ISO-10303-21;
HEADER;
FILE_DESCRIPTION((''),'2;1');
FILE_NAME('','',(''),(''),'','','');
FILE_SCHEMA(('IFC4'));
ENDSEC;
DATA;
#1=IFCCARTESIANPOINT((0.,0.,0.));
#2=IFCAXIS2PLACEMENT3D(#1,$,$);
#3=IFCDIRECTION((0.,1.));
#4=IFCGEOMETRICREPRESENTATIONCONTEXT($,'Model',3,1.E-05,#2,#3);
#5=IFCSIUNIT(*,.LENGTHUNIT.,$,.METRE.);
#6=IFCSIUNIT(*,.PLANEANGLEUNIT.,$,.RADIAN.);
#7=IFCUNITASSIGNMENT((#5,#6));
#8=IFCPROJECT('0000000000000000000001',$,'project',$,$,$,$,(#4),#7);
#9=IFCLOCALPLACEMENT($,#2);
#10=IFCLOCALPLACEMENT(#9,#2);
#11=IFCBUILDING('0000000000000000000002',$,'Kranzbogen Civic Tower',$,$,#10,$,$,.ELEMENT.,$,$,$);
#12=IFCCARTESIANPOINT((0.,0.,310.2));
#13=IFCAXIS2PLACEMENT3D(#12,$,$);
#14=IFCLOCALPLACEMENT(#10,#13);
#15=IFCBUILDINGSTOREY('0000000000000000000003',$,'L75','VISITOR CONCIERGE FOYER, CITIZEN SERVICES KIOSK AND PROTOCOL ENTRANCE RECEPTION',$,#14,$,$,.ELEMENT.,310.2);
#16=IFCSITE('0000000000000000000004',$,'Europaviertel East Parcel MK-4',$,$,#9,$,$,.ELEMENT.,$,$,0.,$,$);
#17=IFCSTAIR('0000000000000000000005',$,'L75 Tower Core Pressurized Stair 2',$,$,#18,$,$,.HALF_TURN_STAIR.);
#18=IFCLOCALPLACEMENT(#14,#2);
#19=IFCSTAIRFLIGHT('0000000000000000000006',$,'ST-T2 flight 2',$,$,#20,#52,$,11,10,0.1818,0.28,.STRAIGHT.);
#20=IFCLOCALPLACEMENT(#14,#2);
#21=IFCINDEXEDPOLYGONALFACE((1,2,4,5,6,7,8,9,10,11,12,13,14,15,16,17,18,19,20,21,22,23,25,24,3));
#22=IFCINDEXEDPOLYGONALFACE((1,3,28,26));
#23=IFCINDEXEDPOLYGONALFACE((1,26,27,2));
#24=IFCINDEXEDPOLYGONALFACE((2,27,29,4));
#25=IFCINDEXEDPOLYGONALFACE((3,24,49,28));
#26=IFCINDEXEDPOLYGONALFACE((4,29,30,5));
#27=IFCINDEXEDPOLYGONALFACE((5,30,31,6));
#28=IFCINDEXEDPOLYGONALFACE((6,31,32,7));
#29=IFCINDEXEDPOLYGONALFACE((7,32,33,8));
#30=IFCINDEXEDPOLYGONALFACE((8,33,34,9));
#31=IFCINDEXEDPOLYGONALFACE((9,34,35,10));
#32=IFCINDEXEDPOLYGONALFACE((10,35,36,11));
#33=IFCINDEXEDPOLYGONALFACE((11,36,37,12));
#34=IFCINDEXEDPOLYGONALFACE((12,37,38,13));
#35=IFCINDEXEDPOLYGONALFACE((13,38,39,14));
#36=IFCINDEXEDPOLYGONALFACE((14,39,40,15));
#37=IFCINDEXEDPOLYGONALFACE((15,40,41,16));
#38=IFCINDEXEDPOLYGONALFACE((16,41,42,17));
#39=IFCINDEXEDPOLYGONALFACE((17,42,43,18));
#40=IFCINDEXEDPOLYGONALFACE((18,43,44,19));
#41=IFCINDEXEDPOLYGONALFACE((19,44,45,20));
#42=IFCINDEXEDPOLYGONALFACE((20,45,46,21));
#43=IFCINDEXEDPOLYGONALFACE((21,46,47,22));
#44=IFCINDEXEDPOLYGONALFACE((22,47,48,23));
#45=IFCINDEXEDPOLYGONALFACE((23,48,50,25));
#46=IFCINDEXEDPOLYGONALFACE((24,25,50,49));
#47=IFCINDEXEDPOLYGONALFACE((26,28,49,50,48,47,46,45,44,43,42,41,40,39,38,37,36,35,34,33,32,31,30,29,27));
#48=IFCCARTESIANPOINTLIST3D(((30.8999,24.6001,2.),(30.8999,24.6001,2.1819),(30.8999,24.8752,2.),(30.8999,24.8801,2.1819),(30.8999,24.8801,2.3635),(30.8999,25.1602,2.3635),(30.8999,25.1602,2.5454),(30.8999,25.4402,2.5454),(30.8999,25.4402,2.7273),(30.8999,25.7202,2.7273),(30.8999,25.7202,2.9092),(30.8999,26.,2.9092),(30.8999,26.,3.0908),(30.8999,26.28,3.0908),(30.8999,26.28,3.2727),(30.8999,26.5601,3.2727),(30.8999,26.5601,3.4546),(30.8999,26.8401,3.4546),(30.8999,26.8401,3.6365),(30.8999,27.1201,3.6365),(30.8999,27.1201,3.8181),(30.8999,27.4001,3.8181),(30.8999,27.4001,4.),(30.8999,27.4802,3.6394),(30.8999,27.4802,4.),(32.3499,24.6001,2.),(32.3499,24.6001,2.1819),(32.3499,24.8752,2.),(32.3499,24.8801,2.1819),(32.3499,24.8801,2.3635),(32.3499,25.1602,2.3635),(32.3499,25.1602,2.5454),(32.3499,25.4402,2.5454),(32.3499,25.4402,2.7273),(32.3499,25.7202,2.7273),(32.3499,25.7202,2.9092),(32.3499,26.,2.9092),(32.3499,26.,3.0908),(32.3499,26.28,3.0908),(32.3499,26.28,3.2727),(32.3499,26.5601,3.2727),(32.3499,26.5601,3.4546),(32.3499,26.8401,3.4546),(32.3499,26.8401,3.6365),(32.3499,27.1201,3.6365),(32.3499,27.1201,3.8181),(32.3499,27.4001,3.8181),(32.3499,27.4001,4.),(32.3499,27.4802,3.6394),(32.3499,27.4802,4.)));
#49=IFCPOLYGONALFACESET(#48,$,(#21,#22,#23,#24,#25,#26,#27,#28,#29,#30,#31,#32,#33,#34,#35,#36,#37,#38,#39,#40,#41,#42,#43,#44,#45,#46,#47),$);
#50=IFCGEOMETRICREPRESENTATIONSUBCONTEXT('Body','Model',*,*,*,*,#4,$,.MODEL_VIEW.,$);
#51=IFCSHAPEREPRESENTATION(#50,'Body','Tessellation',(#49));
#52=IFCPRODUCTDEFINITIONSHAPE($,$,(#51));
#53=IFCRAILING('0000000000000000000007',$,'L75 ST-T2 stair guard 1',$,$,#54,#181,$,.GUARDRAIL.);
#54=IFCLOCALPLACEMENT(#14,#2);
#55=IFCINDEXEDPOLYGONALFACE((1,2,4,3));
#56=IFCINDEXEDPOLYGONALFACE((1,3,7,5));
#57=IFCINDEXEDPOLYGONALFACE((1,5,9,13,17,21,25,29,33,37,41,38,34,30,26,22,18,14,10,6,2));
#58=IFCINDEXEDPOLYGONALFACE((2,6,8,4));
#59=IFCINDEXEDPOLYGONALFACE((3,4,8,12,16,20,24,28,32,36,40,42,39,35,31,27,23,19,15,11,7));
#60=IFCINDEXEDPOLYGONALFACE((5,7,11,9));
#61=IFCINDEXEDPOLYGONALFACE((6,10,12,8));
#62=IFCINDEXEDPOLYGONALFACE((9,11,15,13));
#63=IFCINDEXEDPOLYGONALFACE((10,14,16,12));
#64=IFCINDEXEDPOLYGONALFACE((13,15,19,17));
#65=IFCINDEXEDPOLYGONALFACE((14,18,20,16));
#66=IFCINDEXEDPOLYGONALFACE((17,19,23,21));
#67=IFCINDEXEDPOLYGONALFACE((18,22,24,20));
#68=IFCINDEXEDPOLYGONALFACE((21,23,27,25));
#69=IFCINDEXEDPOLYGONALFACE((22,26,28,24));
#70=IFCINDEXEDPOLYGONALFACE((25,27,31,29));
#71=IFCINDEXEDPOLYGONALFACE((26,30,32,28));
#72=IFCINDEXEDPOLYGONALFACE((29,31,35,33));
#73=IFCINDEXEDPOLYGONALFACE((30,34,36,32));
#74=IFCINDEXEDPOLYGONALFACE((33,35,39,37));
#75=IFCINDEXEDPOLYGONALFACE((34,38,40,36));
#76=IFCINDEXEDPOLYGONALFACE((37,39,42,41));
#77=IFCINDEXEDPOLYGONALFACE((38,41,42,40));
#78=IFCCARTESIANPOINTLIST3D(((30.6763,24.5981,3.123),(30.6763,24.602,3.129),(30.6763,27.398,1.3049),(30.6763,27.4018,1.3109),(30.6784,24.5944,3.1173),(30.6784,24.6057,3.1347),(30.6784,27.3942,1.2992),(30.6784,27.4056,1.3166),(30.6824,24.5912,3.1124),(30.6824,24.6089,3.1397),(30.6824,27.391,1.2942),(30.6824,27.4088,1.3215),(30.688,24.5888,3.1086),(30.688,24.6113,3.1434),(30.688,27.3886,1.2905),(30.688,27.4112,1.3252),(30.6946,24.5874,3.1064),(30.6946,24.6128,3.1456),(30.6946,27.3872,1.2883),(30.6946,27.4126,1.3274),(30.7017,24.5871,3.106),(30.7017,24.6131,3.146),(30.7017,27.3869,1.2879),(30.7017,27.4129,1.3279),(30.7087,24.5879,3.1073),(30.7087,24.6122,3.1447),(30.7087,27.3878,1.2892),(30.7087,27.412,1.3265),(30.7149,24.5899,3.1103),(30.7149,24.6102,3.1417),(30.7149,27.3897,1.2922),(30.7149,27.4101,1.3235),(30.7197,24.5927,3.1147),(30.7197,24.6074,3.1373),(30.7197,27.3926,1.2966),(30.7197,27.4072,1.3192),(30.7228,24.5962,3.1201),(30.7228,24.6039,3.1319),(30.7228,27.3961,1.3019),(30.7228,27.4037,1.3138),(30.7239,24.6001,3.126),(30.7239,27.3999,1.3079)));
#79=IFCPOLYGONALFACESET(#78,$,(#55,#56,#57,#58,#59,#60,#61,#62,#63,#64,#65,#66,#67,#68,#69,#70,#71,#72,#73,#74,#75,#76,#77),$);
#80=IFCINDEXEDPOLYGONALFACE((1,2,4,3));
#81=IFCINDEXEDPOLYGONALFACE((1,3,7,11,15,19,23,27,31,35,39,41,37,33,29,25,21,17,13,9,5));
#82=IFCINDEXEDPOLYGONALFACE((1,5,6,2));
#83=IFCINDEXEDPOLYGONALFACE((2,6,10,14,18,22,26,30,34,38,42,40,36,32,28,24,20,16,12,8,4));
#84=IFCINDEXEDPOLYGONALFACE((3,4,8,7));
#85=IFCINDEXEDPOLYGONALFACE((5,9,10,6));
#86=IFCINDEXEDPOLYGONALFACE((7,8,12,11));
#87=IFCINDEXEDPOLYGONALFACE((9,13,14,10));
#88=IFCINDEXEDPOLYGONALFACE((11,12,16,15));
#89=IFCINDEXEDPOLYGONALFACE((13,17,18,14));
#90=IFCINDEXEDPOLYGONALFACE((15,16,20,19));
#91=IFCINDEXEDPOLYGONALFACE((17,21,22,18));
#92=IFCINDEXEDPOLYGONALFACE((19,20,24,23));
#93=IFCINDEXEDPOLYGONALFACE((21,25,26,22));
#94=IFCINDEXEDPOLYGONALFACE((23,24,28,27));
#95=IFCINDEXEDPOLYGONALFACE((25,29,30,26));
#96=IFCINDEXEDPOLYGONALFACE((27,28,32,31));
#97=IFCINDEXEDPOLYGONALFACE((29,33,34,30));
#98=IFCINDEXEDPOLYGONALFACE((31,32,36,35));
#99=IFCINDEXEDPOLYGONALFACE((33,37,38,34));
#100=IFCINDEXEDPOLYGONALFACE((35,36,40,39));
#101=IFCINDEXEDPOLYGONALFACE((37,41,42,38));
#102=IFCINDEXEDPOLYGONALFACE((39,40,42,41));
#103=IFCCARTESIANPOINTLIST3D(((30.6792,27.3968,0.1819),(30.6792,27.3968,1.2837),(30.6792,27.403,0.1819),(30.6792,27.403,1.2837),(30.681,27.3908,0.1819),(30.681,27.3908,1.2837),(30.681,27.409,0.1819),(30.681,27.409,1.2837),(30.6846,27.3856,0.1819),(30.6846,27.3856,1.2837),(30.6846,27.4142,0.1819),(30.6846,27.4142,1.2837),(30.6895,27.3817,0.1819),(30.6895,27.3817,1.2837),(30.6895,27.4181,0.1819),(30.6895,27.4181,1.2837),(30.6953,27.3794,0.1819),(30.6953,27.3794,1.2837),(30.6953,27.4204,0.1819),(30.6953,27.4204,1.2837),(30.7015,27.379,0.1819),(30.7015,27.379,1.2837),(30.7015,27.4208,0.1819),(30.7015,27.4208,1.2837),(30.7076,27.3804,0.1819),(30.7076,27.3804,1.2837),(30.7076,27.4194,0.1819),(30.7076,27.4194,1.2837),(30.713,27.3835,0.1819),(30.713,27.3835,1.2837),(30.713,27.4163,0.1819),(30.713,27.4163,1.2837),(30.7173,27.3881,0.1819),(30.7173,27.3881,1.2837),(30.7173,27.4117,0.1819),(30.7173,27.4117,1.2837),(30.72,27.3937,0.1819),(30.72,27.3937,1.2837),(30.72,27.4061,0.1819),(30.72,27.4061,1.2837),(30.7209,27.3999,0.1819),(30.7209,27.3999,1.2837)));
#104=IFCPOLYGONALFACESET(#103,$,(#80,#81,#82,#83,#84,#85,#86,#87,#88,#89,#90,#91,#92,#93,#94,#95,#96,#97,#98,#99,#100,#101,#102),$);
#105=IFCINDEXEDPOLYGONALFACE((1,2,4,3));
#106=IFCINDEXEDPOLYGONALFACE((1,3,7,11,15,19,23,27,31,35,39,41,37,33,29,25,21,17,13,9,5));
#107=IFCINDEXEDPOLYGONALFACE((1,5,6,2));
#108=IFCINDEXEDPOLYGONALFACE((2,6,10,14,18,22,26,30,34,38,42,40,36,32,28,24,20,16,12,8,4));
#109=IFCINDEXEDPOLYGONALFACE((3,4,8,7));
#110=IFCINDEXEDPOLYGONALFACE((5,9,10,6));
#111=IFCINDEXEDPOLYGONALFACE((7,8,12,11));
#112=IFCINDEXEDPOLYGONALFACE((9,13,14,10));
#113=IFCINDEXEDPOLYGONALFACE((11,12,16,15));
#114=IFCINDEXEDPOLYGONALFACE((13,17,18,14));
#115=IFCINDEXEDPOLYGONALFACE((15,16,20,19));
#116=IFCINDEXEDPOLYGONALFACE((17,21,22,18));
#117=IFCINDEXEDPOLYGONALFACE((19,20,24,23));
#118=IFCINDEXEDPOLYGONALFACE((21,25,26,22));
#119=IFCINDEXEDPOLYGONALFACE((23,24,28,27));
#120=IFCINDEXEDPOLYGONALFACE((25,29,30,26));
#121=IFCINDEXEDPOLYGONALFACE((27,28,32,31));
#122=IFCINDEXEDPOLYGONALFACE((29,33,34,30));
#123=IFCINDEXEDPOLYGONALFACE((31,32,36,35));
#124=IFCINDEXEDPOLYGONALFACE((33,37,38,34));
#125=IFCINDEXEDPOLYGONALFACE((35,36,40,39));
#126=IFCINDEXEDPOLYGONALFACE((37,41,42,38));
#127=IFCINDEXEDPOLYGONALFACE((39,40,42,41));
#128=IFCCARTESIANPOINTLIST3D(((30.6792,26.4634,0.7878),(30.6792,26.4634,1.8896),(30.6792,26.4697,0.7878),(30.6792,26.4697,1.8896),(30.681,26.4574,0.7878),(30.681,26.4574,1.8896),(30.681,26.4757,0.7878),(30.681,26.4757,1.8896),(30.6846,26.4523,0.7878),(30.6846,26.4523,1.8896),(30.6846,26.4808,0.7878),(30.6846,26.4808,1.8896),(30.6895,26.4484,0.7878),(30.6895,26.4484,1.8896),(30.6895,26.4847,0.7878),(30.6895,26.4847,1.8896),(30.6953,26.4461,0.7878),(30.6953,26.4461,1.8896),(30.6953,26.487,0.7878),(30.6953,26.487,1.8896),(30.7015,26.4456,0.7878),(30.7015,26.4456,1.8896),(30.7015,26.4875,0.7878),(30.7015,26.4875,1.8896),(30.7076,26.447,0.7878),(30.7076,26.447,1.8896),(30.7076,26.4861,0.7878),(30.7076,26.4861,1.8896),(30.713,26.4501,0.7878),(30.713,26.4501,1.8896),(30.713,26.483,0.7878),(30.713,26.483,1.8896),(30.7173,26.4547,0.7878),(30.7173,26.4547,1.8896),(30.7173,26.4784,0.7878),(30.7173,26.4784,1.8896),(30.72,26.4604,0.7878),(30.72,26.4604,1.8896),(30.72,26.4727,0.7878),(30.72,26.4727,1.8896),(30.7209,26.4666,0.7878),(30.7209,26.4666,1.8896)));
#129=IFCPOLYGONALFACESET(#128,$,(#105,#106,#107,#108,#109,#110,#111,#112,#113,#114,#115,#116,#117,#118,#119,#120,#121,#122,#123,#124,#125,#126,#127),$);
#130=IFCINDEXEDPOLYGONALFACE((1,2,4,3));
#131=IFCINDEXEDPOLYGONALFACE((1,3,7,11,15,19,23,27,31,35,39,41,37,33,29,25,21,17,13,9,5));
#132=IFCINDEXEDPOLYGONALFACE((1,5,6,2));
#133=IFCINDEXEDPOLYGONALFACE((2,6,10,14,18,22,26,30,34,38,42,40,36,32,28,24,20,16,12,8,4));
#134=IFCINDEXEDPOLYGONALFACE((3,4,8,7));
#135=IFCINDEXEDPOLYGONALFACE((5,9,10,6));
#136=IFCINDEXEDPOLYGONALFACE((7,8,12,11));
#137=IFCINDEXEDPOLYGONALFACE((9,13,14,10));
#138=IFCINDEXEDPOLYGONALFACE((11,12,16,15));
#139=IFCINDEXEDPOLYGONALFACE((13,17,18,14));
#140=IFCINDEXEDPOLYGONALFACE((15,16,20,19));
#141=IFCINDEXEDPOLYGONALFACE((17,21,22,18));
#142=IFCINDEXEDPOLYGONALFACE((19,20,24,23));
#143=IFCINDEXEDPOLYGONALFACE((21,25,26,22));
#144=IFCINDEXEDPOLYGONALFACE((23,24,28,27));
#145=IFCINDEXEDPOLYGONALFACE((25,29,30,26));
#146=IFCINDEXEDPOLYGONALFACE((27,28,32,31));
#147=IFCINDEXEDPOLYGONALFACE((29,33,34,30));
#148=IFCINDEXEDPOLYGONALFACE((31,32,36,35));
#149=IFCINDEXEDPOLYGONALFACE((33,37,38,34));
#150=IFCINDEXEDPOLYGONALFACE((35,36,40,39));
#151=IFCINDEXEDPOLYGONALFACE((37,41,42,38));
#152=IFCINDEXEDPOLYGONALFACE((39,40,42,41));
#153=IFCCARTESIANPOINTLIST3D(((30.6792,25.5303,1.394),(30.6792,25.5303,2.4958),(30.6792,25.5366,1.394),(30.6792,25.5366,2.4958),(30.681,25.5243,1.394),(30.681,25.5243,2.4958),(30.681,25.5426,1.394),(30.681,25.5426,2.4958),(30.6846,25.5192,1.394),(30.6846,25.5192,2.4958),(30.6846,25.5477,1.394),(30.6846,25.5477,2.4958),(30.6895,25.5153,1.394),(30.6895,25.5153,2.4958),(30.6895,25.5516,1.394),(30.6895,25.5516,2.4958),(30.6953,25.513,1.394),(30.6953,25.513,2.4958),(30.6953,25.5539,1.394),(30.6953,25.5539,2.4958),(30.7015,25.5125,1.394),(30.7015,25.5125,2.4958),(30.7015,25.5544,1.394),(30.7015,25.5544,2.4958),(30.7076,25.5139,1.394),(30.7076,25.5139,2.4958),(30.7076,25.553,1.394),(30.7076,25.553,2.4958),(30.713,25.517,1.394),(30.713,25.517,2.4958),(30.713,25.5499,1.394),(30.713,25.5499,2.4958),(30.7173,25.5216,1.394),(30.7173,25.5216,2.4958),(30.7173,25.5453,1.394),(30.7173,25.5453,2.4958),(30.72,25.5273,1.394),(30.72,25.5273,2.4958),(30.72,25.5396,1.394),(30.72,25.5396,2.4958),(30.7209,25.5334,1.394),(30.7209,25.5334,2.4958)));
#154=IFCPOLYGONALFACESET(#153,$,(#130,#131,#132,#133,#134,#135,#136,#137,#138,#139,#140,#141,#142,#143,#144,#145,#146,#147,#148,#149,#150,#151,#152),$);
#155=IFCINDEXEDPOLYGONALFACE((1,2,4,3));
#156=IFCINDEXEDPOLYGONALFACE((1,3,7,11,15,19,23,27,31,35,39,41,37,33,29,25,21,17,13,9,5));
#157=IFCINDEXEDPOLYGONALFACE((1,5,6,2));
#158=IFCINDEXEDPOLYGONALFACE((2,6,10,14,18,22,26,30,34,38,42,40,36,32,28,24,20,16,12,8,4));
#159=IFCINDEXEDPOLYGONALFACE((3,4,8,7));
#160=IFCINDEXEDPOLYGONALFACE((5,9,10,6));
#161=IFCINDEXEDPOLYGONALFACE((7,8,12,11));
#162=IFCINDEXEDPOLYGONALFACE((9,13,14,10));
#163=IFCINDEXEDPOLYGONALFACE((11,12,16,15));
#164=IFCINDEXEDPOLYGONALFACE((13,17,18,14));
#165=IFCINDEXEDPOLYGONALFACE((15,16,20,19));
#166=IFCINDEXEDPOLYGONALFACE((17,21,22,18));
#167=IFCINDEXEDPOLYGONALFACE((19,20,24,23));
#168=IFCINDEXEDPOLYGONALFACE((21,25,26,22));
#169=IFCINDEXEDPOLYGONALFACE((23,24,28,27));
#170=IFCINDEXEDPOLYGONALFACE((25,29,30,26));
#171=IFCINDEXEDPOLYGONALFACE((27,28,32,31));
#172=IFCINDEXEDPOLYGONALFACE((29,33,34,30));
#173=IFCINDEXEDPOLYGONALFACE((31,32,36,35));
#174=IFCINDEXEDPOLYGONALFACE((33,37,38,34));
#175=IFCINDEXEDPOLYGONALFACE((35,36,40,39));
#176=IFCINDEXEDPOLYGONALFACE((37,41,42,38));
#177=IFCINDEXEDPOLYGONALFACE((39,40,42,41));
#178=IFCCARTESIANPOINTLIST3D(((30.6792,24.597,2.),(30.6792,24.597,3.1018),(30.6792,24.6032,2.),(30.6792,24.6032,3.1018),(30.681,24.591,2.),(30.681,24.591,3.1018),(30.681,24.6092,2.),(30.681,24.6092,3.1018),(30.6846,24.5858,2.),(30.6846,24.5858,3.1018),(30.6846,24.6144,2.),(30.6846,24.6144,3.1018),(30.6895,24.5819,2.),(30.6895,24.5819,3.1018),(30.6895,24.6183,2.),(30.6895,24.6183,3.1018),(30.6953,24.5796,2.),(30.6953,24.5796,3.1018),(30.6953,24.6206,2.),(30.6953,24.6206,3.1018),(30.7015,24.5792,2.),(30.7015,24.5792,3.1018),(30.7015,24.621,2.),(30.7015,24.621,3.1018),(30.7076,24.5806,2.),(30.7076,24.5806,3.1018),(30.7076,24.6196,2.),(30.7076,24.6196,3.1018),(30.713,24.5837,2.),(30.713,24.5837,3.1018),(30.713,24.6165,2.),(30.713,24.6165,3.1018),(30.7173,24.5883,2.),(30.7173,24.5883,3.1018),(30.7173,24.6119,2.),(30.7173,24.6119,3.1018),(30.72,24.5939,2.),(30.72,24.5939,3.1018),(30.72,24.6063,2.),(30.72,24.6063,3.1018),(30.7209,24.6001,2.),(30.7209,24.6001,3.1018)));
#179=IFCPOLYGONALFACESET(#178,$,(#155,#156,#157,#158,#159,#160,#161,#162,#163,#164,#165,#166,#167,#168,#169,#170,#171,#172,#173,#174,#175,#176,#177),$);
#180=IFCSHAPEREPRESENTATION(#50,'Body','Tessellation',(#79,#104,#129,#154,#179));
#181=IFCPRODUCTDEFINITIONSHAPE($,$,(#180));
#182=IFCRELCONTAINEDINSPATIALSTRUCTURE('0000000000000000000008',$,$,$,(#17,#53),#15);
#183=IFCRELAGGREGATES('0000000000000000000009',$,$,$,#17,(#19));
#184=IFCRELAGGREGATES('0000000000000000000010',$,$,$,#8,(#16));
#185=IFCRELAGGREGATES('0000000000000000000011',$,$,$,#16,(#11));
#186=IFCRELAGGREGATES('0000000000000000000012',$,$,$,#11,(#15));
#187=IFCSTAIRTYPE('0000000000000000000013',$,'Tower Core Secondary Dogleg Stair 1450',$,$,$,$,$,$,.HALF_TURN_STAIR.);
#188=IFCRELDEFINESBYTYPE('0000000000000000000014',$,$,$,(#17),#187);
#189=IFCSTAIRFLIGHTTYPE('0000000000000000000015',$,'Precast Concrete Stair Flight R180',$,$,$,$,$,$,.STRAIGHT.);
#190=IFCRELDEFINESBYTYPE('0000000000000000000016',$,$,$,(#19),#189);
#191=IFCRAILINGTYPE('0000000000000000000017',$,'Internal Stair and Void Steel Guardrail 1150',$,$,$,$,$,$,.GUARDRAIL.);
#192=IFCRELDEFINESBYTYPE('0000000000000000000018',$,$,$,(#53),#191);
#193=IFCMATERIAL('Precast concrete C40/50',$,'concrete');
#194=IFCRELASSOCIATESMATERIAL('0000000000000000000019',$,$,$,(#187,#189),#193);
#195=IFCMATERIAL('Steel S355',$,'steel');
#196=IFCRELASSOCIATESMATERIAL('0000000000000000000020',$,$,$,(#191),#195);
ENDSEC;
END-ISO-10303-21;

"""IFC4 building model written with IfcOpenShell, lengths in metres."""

from ifc_helpers import new_model, si_unit, direction, frame, origin, origin_2d, place, context, subcontext, project, spatial, polyline, circle, outline, extrude, material, type_object, element, aggregate, save


model = new_model("IFC4")

# Units and contexts
model_context = context("Model", 3, precision=1e-05, world=origin(), true_north=direction((0.0, 1.0)))
body_context = subcontext(model_context, "Body", "Model", "MODEL_VIEW")
ifc_project = project(units=[si_unit("LENGTHUNIT", "METRE"), si_unit("PLANEANGLEUNIT", "RADIAN")], contexts=[model_context])

# Site, building, storey
site_placement = place(None, origin())
site = spatial("IfcSite", under=ifc_project, at=site_placement, Name="Europaviertel East Parcel MK-4", CompositionType="ELEMENT", RefElevation=0.0)
building_placement = place(site_placement, origin())
building = spatial("IfcBuilding", under=site, at=building_placement, Name="Kranzbogen Civic Tower", CompositionType="ELEMENT")
storey_placement = place(building_placement, frame((0.0, 0.0, 310.2)))
storey = spatial("IfcBuildingStorey", under=building, at=storey_placement, Name="L75", Description="VISITOR CONCIERGE FOYER, CITIZEN SERVICES KIOSK AND PROTOCOL ENTRANCE RECEPTION", CompositionType="ELEMENT", Elevation=310.2)

# Shared definitions
ifc_material_1 = material(Name="Steel S355", Category="steel")

# Stair, stair flight
ifc_material_2 = material(Name="Precast concrete C40/50", Category="concrete")
stair_type = type_object("IfcStairType", Name="Tower Core Secondary Dogleg Stair 1450", PredefinedType="HALF_TURN_STAIR", material=ifc_material_2)
stair_placement = place(storey_placement, origin())
stair = element("IfcStair", 1, at=stair_placement, inside=storey, type_object=stair_type, Name="L75 Tower Core Pressurized Stair 2", PredefinedType="HALF_TURN_STAIR")
stair_flight_type = type_object("IfcStairFlightType", Name="Precast Concrete Stair Flight R180", PredefinedType="STRAIGHT", material=ifc_material_2)
stair_flight_1_placement = place(storey_placement, frame((31.625, 24.6001, 2.0), z_axis=(0.0, 0.0, 1.0), x_axis=(0.0, 1.0, 0.0)))
stair_flight_1 = element("IfcStairFlight", 2, at=stair_flight_1_placement, type_object=stair_flight_type, Name="ST-T2 flight 2", NumberOfRisers=11, NumberOfTreads=10, PredefinedType="STRAIGHT", RiserHeight=0.1818, TreadLength=0.28, context=body_context, shape_type="SweptSolid", body=[
    extrude(outline(polyline([(0.0, 0.0), (0.0, 0.1819), (0.28, 0.1819), (0.28, 0.3635), (0.5601, 0.3635), (0.5601, 0.5454), (0.8401, 0.5454), (0.8401, 0.7273), (1.1201, 0.7273), (1.1201, 0.9092), (1.3999, 0.9092), (1.3999, 1.0908), (1.6799, 1.0908), (1.6799, 1.2727), (1.96, 1.2727), (1.96, 1.4546), (2.24, 1.4546), (2.24, 1.6365), (2.52, 1.6365), (2.52, 1.8181), (2.8, 1.8181), (2.8, 2.0), (2.8801, 2.0), (2.8801, 1.6394), (0.2751, 0.0), (0.0, 0.0)])), frame((0.0, 0.7251, 0.0), z_axis=(0.0, -1.0, 0.0), x_axis=(1.0, 0.0, 0.0)), (0.0, 0.0, 1.0), 1.45),
])
aggregate(stair, [stair_flight_1])

# Railing
railing_type_1 = type_object("IfcRailingType", Name="Internal Stair and Void Steel Guardrail 1150", PredefinedType="GUARDRAIL", material=ifc_material_1)
railing_1_placement = place(storey_placement, frame((30.7, 27.3999, 0.1819)))
element("IfcRailing", 3, at=railing_1_placement, inside=storey, type_object=railing_type_1, Name="L75 ST-T2 stair guard 1", PredefinedType="GUARDRAIL", context=body_context, shape_type="SweptSolid", body=[
    extrude(circle(Radius=0.0239, at=origin_2d()), frame((0.0, 0.0, 1.126), z_axis=(0.0, -0.838684, 0.544618), x_axis=(1.0, 0.0, 0.0)), (0.0, 0.0, 1.0), 3.3384),
    extrude(circle(Radius=0.021, at=origin_2d()), origin(), (0.0, 0.0, 1.0), 1.1018),
    extrude(circle(Radius=0.021, at=origin_2d()), frame((0.0, -0.9333, 0.606)), (0.0, 0.0, 1.0), 1.1018),
    extrude(circle(Radius=0.021, at=origin_2d()), frame((0.0, -1.8665, 1.2122)), (0.0, 0.0, 1.0), 1.1018),
    extrude(circle(Radius=0.021, at=origin_2d()), frame((0.0, -2.7998, 1.8181)), (0.0, 0.0, 1.0), 1.1018),
])

save(model, "model.ifc")
